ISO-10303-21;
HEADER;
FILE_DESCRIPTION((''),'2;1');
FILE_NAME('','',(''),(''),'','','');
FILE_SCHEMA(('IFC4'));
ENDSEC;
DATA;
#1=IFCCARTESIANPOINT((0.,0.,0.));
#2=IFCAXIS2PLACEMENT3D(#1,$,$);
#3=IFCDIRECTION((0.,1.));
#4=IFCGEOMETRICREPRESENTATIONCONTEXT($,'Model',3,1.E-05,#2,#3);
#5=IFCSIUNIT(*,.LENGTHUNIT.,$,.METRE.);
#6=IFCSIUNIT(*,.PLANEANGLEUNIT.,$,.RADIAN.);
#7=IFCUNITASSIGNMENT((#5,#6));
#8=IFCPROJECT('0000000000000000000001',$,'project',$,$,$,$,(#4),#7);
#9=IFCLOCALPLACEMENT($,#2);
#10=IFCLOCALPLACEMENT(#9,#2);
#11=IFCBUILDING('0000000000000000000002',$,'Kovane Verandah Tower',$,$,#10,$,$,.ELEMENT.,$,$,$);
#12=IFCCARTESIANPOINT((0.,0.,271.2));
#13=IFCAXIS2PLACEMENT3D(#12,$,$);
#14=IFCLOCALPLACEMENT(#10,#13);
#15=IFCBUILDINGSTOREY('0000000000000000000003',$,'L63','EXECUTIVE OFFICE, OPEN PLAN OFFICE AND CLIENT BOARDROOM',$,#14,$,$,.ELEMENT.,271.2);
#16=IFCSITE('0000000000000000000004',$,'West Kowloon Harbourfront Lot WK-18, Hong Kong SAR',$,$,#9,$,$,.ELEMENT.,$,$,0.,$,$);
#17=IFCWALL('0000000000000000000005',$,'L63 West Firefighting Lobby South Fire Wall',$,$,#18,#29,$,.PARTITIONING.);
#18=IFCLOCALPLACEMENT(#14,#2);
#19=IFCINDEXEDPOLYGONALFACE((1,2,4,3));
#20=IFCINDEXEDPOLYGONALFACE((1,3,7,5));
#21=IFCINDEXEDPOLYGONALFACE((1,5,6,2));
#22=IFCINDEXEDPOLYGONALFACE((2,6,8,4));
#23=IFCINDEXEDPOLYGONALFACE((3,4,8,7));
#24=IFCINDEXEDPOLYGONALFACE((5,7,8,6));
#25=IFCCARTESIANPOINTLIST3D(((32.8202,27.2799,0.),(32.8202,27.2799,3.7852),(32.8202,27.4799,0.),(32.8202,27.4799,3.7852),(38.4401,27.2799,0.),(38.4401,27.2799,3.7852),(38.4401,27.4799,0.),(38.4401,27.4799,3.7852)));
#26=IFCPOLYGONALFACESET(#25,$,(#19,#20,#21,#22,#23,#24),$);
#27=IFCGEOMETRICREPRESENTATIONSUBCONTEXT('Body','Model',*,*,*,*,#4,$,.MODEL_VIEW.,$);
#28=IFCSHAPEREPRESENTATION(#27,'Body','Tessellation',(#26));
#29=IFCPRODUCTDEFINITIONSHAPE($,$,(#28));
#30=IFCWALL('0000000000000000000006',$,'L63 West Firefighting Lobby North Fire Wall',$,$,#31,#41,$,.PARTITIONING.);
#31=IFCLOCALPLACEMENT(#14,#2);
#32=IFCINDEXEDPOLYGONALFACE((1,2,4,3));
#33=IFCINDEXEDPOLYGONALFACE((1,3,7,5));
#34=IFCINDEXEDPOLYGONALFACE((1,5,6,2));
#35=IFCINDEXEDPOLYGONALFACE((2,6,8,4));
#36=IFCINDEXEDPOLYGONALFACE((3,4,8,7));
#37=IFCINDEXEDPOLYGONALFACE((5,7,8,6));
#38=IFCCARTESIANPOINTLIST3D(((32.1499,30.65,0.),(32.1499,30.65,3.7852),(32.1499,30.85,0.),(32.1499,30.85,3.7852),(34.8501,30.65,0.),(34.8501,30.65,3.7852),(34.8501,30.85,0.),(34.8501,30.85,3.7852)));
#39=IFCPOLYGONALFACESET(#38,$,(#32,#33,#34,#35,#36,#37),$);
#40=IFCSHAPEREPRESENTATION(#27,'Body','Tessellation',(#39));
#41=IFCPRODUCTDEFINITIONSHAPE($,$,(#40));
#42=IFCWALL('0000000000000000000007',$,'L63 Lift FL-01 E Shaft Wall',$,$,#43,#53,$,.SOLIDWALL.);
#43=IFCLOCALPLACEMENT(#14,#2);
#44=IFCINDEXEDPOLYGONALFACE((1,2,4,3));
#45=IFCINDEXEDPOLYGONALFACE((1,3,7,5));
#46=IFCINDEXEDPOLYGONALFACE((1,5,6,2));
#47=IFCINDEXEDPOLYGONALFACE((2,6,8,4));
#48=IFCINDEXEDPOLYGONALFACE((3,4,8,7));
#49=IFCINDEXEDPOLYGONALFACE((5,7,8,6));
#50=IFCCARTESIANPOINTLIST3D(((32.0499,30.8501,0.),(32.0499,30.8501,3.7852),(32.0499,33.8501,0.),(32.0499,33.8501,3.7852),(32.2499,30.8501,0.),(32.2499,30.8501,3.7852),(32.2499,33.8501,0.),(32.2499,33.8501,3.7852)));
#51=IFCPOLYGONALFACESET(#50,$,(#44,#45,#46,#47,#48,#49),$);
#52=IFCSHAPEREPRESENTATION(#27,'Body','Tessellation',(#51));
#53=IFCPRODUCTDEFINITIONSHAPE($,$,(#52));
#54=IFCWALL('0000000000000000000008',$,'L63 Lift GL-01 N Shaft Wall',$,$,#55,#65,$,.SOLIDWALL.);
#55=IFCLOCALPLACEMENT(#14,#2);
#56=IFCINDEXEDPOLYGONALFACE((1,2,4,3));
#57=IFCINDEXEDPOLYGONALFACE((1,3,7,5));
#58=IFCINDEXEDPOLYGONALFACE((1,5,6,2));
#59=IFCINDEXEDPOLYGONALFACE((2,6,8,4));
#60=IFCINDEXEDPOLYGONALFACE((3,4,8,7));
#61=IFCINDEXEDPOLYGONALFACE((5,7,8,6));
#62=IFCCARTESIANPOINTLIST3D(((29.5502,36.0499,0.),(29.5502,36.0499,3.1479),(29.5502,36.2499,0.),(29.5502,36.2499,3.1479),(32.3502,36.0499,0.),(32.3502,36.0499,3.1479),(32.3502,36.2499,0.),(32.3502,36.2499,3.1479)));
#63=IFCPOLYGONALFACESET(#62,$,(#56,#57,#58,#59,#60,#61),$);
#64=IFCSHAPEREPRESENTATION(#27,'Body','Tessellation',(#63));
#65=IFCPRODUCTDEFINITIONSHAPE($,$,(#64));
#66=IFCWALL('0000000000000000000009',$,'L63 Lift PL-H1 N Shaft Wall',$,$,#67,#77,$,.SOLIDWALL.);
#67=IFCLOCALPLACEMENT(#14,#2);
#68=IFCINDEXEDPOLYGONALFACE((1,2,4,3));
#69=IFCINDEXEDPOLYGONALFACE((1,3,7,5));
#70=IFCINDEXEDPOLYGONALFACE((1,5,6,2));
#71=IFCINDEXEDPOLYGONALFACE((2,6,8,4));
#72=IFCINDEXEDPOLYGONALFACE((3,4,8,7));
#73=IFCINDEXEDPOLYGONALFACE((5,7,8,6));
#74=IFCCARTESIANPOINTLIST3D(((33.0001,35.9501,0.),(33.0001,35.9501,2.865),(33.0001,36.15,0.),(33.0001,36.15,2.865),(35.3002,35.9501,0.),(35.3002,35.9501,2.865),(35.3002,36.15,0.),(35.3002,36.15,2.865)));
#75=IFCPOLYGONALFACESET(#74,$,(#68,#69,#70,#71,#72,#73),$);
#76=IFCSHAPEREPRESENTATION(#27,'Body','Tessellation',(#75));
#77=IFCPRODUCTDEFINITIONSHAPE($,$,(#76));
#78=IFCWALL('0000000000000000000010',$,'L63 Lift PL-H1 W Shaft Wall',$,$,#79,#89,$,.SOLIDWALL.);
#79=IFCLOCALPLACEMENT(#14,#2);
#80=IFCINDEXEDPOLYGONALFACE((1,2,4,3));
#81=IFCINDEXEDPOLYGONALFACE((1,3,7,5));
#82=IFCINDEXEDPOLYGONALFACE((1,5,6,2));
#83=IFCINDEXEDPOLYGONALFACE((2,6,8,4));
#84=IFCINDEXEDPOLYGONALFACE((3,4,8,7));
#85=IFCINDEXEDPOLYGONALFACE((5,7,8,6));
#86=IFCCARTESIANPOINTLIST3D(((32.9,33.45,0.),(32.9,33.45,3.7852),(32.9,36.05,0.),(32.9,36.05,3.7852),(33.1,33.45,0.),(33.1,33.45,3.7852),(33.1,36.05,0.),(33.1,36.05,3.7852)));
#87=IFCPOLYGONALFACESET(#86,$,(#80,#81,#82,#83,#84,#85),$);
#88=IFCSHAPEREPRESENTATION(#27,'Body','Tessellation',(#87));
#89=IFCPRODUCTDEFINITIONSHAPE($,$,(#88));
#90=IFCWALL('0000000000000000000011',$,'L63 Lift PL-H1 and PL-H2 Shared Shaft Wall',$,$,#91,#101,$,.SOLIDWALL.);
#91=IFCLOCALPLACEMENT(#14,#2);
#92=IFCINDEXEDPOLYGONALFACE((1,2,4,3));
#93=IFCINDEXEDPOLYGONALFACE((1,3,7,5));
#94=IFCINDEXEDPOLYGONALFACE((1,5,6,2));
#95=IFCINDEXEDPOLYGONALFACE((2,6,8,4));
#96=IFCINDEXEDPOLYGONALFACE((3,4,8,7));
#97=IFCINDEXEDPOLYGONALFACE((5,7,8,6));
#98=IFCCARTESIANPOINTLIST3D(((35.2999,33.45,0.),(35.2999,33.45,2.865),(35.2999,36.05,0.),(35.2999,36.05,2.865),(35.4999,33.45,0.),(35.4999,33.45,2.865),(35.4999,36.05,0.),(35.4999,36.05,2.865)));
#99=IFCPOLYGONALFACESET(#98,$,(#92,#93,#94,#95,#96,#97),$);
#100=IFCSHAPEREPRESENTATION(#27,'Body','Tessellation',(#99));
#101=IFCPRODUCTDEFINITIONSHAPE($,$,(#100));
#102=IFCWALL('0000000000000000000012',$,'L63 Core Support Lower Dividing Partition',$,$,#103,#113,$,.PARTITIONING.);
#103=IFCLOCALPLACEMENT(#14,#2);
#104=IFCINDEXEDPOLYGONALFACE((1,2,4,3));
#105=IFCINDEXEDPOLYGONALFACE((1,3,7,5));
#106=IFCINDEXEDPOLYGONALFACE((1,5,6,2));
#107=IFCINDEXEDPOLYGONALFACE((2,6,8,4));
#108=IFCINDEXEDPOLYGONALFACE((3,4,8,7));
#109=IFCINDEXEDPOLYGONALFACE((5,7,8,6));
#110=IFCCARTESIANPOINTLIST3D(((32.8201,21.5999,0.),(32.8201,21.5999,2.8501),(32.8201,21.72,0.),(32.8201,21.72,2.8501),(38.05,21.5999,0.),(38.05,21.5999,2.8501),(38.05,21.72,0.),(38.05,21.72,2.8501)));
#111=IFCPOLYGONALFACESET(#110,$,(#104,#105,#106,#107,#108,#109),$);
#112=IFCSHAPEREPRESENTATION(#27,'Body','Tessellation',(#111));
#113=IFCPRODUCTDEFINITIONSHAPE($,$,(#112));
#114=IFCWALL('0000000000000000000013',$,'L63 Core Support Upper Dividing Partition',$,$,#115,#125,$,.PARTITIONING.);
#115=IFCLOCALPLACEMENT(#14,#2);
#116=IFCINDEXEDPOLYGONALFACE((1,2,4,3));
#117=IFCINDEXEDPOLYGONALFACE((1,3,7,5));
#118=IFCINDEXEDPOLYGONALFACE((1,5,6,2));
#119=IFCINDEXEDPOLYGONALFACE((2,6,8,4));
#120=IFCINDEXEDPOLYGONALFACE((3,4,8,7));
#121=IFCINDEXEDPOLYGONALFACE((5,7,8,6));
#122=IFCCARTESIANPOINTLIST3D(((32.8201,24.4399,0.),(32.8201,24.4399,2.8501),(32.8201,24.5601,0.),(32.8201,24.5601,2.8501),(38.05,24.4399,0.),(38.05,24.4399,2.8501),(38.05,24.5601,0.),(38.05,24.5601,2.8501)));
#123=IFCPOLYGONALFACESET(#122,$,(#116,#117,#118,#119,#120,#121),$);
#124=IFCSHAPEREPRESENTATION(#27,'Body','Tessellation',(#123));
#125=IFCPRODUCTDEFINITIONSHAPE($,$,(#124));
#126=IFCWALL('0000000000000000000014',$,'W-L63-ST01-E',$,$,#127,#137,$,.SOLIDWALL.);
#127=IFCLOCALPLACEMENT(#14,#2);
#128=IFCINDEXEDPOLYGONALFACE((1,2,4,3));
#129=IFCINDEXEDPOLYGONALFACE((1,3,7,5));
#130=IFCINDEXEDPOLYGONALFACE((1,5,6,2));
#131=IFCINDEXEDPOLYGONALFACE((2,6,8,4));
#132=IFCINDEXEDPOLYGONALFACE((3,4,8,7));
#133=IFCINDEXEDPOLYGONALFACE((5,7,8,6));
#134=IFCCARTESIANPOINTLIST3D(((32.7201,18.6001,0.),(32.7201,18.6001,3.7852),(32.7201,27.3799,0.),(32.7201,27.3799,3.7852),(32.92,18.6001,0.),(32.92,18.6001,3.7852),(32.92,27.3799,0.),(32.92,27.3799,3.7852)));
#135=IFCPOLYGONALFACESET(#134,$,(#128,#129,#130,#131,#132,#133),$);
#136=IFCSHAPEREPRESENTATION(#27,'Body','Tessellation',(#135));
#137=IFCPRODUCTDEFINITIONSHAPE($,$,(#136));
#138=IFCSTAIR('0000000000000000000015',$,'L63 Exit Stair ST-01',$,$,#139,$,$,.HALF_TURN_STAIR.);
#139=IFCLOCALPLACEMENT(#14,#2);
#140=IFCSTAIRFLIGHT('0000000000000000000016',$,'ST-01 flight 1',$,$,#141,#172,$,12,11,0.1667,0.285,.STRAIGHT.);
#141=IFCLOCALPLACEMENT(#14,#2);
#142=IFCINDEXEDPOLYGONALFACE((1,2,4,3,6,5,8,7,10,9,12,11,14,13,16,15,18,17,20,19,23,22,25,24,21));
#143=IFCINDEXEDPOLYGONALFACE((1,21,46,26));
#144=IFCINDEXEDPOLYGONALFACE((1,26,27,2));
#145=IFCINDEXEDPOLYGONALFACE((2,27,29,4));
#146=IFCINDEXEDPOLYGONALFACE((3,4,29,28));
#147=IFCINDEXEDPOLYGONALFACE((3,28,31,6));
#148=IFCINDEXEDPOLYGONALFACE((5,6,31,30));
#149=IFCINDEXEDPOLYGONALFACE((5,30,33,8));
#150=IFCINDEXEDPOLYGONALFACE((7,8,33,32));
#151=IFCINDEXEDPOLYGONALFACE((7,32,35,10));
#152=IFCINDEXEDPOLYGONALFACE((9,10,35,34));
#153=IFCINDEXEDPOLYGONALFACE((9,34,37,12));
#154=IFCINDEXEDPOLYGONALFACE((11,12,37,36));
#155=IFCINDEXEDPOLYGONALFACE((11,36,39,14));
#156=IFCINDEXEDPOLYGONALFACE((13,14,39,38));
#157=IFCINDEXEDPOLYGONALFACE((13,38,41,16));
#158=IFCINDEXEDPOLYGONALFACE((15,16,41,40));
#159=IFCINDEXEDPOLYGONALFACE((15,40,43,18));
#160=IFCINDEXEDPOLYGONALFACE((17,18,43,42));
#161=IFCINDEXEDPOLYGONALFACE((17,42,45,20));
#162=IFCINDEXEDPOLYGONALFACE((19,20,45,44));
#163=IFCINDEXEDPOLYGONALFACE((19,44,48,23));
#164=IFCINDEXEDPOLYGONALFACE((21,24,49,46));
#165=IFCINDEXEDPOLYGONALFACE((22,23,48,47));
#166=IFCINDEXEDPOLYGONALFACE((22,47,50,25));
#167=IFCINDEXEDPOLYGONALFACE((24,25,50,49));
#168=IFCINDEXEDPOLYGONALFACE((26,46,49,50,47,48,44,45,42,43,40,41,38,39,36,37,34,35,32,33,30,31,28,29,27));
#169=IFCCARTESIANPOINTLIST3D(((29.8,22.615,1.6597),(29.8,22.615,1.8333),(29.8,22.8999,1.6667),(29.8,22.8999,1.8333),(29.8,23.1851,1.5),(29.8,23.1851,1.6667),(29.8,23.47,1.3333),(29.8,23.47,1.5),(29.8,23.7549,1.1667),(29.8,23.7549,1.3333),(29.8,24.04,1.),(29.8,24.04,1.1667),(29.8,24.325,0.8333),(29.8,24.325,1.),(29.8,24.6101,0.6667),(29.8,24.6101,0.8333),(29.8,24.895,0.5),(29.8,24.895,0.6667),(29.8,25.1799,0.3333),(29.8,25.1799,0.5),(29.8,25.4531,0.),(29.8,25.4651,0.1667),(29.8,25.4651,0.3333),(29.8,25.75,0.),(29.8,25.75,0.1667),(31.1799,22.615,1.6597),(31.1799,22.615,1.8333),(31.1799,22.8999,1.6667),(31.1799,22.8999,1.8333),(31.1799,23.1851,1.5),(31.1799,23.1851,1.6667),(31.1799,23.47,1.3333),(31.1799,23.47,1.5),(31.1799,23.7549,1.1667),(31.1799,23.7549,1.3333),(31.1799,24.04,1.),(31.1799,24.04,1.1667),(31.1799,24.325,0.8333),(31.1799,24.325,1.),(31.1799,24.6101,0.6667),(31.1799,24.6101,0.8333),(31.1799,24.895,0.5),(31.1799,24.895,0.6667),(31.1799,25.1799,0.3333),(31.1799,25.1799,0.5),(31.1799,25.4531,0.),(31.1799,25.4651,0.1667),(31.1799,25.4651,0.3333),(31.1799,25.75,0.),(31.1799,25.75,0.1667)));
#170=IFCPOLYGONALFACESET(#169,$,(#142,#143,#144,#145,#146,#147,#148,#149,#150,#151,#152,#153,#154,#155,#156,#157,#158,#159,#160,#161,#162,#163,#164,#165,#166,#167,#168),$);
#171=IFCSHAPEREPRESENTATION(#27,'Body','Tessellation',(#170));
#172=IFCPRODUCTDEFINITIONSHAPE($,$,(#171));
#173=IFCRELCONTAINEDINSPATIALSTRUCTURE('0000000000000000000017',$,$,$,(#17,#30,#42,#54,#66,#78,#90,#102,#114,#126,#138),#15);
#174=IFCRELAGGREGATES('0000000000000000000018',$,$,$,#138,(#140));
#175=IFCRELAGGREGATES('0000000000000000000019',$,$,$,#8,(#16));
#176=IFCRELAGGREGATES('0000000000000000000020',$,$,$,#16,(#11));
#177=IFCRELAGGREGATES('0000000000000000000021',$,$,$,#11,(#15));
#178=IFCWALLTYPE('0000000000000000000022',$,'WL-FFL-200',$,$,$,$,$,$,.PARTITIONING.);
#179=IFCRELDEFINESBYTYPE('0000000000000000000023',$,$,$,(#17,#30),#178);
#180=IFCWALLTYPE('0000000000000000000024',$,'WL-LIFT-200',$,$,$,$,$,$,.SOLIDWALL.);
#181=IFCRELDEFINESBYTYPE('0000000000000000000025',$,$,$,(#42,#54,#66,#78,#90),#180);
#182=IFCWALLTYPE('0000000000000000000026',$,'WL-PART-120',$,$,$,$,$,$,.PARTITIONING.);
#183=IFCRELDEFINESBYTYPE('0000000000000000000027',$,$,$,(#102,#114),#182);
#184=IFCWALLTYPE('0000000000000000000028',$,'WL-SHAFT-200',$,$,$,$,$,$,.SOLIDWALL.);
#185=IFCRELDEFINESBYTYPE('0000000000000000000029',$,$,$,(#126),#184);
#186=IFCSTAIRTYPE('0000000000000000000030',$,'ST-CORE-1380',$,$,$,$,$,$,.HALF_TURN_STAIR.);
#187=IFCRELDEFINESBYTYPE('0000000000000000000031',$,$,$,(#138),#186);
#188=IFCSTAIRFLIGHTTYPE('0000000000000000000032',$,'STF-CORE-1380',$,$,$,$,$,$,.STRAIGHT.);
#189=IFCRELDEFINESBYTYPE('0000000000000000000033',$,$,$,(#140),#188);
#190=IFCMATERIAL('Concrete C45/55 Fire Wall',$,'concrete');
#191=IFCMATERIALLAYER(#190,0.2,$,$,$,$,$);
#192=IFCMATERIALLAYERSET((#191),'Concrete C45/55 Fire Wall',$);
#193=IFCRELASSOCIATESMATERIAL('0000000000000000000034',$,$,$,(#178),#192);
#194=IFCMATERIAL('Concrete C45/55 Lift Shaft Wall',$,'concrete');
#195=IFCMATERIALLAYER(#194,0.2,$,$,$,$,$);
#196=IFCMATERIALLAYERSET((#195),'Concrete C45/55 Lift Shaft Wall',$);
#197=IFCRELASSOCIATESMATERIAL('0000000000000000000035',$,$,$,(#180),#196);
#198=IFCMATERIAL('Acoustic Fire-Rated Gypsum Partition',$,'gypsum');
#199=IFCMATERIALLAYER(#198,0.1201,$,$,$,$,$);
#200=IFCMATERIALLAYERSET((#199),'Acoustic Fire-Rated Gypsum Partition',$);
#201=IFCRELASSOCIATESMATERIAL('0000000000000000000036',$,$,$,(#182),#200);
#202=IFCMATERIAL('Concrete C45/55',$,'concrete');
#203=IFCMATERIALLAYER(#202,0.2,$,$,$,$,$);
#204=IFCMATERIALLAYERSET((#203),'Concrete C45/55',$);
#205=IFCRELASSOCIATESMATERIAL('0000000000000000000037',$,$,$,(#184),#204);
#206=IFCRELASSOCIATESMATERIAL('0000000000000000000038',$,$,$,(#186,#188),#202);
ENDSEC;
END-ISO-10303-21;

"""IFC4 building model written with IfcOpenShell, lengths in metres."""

from ifc_helpers import new_model, si_unit, direction, frame, frame_2d, origin, place, context, subcontext, project, spatial, polyline, rectangle, outline, extrude, material, layer, layer_set, type_object, element, aggregate, save


model = new_model("IFC4")

# Units and contexts
model_context = context("Model", 3, precision=1e-05, world=origin(), true_north=direction((0.0, 1.0)))
body_context = subcontext(model_context, "Body", "Model", "MODEL_VIEW")
ifc_project = project(units=[si_unit("LENGTHUNIT", "METRE"), si_unit("PLANEANGLEUNIT", "RADIAN")], contexts=[model_context])

# Site, building, storey
site_placement = place(None, origin())
site = spatial("IfcSite", under=ifc_project, at=site_placement, Name="West Kowloon Harbourfront Lot WK-18, Hong Kong SAR", CompositionType="ELEMENT", RefElevation=0.0)
building_placement = place(site_placement, origin())
building = spatial("IfcBuilding", under=site, at=building_placement, Name="Kovane Verandah Tower", CompositionType="ELEMENT")
storey_placement = place(building_placement, frame((0.0, 0.0, 271.2)))
storey = spatial("IfcBuildingStorey", under=building, at=storey_placement, Name="L63", Description="EXECUTIVE OFFICE, OPEN PLAN OFFICE AND CLIENT BOARDROOM", CompositionType="ELEMENT", Elevation=271.2)

# Shared definitions
ifc_material_1 = material(Name="Concrete C45/55 Fire Wall", Category="concrete")
ifc_layer_1 = layer(ifc_material_1, 0.2)
ifc_layer_set_1 = layer_set([ifc_layer_1], Name="Concrete C45/55 Fire Wall")
wall_type_1 = type_object("IfcWallType", Name="WL-FFL-200", PredefinedType="PARTITIONING", material=ifc_layer_set_1)

# Walls
wall_1_placement = place(storey_placement, frame((32.8201, 27.3799, 0.0), z_axis=(0.0, 0.0, 1.0), x_axis=(1.0, 0.0, 0.0)))
element("IfcWall", 1, at=wall_1_placement, inside=storey, type_object=wall_type_1, Name="L63 West Firefighting Lobby South Fire Wall", PredefinedType="PARTITIONING", context=body_context, shape_type="SweptSolid", body=[
    extrude(rectangle(XDim=5.6199, YDim=0.2, at=frame_2d((2.8101, 0.0))), origin(), (0.0, 0.0, 1.0), 3.7852),
])
wall_2_placement = place(storey_placement, frame((32.1499, 30.75, 0.0), z_axis=(0.0, 0.0, 1.0), x_axis=(1.0, 0.0, 0.0)))
element("IfcWall", 2, at=wall_2_placement, inside=storey, type_object=wall_type_1, Name="L63 West Firefighting Lobby North Fire Wall", PredefinedType="PARTITIONING", context=body_context, shape_type="SweptSolid", body=[
    extrude(rectangle(XDim=2.7002, YDim=0.2, at=frame_2d((1.3501, 0.0))), origin(), (0.0, 0.0, 1.0), 3.7852),
])
ifc_material_2 = material(Name="Concrete C45/55 Lift Shaft Wall", Category="concrete")
ifc_layer_2 = layer(ifc_material_2, 0.2)
ifc_layer_set_2 = layer_set([ifc_layer_2], Name="Concrete C45/55 Lift Shaft Wall")
wall_type_2 = type_object("IfcWallType", Name="WL-LIFT-200", PredefinedType="SOLIDWALL", material=ifc_layer_set_2)
wall_3_placement = place(storey_placement, frame((32.1499, 30.8501, 0.0), z_axis=(0.0, 0.0, 1.0), x_axis=(0.0, 1.0, 0.0)))
element("IfcWall", 3, at=wall_3_placement, inside=storey, type_object=wall_type_2, Name="L63 Lift FL-01 E Shaft Wall", PredefinedType="SOLIDWALL", context=body_context, shape_type="SweptSolid", body=[
    extrude(rectangle(XDim=3.0, YDim=0.2, at=frame_2d((1.5, 0.0))), origin(), (0.0, 0.0, 1.0), 3.7852),
])
wall_4_placement = place(storey_placement, frame((32.3501, 36.1499, 0.0), z_axis=(0.0, 0.0, 1.0), x_axis=(-1.0, 0.0, 0.0)))
element("IfcWall", 4, at=wall_4_placement, inside=storey, type_object=wall_type_2, Name="L63 Lift GL-01 N Shaft Wall", PredefinedType="SOLIDWALL", context=body_context, shape_type="SweptSolid", body=[
    extrude(rectangle(XDim=2.8, YDim=0.2, at=frame_2d((1.3999, 0.0))), origin(), (0.0, 0.0, 1.0), 3.1479),
])

# Walls
wall_5_placement = place(storey_placement, frame((35.3, 36.05, 0.0), z_axis=(0.0, 0.0, 1.0), x_axis=(-1.0, 0.0, 0.0)))
element("IfcWall", 5, at=wall_5_placement, inside=storey, type_object=wall_type_2, Name="L63 Lift PL-H1 N Shaft Wall", PredefinedType="SOLIDWALL", context=body_context, shape_type="SweptSolid", body=[
    extrude(rectangle(XDim=2.3, YDim=0.2, at=frame_2d((1.1499, 0.0))), origin(), (0.0, 0.0, 1.0), 2.865),
])
wall_6_placement = place(storey_placement, frame((33.0, 36.05, 0.0), z_axis=(0.0, 0.0, 1.0), x_axis=(0.0, -1.0, 0.0)))
element("IfcWall", 6, at=wall_6_placement, inside=storey, type_object=wall_type_2, Name="L63 Lift PL-H1 W Shaft Wall", PredefinedType="SOLIDWALL", context=body_context, shape_type="SweptSolid", body=[
    extrude(rectangle(XDim=2.6001, YDim=0.2, at=frame_2d((1.3, 0.0))), origin(), (0.0, 0.0, 1.0), 3.7852),
])
wall_7_placement = place(storey_placement, frame((35.3999, 33.45, 0.0), z_axis=(0.0, 0.0, 1.0), x_axis=(0.0, 1.0, 0.0)))
element("IfcWall", 7, at=wall_7_placement, inside=storey, type_object=wall_type_2, Name="L63 Lift PL-H1 and PL-H2 Shared Shaft Wall", PredefinedType="SOLIDWALL", context=body_context, shape_type="SweptSolid", body=[
    extrude(rectangle(XDim=2.6001, YDim=0.2, at=frame_2d((1.3, 0.0))), origin(), (0.0, 0.0, 1.0), 2.865),
])

# Walls
ifc_material_3 = material(Name="Acoustic Fire-Rated Gypsum Partition", Category="gypsum")
ifc_layer_3 = layer(ifc_material_3, 0.1201)
ifc_layer_set_3 = layer_set([ifc_layer_3], Name="Acoustic Fire-Rated Gypsum Partition")
wall_type_3 = type_object("IfcWallType", Name="WL-PART-120", PredefinedType="PARTITIONING", material=ifc_layer_set_3)
for number, where, z_axis, x_axis, name in (
    (8, (32.8201, 21.6599, 0.0), (0.0, 0.0, 1.0), (1.0, 0.0, 0.0), "L63 Core Support Lower Dividing Partition"),
    (9, (32.8201, 24.5, 0.0), (0.0, 0.0, 1.0), (1.0, 0.0, 0.0), "L63 Core Support Upper Dividing Partition"),
):
    element("IfcWall", number, at=place(storey_placement, frame(where, z_axis=z_axis, x_axis=x_axis)), inside=storey, type_object=wall_type_3, Name=name, PredefinedType="PARTITIONING", context=body_context, shape_type="SweptSolid", body=[
        extrude(rectangle(XDim=5.23, YDim=0.1201, at=frame_2d((2.615, 0.0))), origin(), (0.0, 0.0, 1.0), 2.8501),
    ])
ifc_material_4 = material(Name="Concrete C45/55", Category="concrete")
ifc_layer_4 = layer(ifc_material_4, 0.2)
ifc_layer_set_4 = layer_set([ifc_layer_4], Name="Concrete C45/55")
wall_type_4 = type_object("IfcWallType", Name="WL-SHAFT-200", PredefinedType="SOLIDWALL", material=ifc_layer_set_4)
wall_8_placement = place(storey_placement, frame((32.8201, 18.6001, 0.0), z_axis=(0.0, 0.0, 1.0), x_axis=(0.0, 1.0, 0.0)))
element("IfcWall", 10, at=wall_8_placement, inside=storey, type_object=wall_type_4, Name="W-L63-ST01-E", PredefinedType="SOLIDWALL", context=body_context, shape_type="SweptSolid", body=[
    extrude(rectangle(XDim=8.7798, YDim=0.2, at=frame_2d((4.3899, 0.0))), origin(), (0.0, 0.0, 1.0), 3.7852),
])

# Stair, stair flight
stair_type = type_object("IfcStairType", Name="ST-CORE-1380", PredefinedType="HALF_TURN_STAIR", material=ifc_material_4)
stair_placement = place(storey_placement, origin())
stair = element("IfcStair", 11, at=stair_placement, inside=storey, type_object=stair_type, Name="L63 Exit Stair ST-01", PredefinedType="HALF_TURN_STAIR")
stair_flight_type = type_object("IfcStairFlightType", Name="STF-CORE-1380", PredefinedType="STRAIGHT", material=ifc_material_4)
stair_flight_1_placement = place(storey_placement, frame((30.49, 25.75, 0.0), z_axis=(0.0, 0.0, 1.0), x_axis=(0.0, -1.0, 0.0)))
stair_flight_1 = element("IfcStairFlight", 12, at=stair_flight_1_placement, type_object=stair_flight_type, Name="ST-01 flight 1", NumberOfRisers=12, NumberOfTreads=11, PredefinedType="STRAIGHT", RiserHeight=0.1667, TreadLength=0.285, context=body_context, shape_type="SweptSolid", body=[
    extrude(outline(polyline([(0.0, 0.0), (0.0, 0.1667), (0.2849, 0.1667), (0.2849, 0.3333), (0.5701, 0.3333), (0.5701, 0.5), (0.855, 0.5), (0.855, 0.6667), (1.1399, 0.6667), (1.1399, 0.8333), (1.425, 0.8333), (1.425, 1.0), (1.71, 1.0), (1.71, 1.1667), (1.9951, 1.1667), (1.9951, 1.3333), (2.28, 1.3333), (2.28, 1.5), (2.5649, 1.5), (2.5649, 1.6667), (2.8501, 1.6667), (2.8501, 1.8333), (3.135, 1.8333), (3.135, 2.0), (3.135, 1.6597), (0.2969, 0.0), (0.0, 0.0)])), frame((0.0, 0.6899, 0.0), z_axis=(0.0, -1.0, 0.0), x_axis=(1.0, 0.0, 0.0)), (0.0, 0.0, 1.0), 1.3799),
])
aggregate(stair, [stair_flight_1])

save(model, "model.ifc")
